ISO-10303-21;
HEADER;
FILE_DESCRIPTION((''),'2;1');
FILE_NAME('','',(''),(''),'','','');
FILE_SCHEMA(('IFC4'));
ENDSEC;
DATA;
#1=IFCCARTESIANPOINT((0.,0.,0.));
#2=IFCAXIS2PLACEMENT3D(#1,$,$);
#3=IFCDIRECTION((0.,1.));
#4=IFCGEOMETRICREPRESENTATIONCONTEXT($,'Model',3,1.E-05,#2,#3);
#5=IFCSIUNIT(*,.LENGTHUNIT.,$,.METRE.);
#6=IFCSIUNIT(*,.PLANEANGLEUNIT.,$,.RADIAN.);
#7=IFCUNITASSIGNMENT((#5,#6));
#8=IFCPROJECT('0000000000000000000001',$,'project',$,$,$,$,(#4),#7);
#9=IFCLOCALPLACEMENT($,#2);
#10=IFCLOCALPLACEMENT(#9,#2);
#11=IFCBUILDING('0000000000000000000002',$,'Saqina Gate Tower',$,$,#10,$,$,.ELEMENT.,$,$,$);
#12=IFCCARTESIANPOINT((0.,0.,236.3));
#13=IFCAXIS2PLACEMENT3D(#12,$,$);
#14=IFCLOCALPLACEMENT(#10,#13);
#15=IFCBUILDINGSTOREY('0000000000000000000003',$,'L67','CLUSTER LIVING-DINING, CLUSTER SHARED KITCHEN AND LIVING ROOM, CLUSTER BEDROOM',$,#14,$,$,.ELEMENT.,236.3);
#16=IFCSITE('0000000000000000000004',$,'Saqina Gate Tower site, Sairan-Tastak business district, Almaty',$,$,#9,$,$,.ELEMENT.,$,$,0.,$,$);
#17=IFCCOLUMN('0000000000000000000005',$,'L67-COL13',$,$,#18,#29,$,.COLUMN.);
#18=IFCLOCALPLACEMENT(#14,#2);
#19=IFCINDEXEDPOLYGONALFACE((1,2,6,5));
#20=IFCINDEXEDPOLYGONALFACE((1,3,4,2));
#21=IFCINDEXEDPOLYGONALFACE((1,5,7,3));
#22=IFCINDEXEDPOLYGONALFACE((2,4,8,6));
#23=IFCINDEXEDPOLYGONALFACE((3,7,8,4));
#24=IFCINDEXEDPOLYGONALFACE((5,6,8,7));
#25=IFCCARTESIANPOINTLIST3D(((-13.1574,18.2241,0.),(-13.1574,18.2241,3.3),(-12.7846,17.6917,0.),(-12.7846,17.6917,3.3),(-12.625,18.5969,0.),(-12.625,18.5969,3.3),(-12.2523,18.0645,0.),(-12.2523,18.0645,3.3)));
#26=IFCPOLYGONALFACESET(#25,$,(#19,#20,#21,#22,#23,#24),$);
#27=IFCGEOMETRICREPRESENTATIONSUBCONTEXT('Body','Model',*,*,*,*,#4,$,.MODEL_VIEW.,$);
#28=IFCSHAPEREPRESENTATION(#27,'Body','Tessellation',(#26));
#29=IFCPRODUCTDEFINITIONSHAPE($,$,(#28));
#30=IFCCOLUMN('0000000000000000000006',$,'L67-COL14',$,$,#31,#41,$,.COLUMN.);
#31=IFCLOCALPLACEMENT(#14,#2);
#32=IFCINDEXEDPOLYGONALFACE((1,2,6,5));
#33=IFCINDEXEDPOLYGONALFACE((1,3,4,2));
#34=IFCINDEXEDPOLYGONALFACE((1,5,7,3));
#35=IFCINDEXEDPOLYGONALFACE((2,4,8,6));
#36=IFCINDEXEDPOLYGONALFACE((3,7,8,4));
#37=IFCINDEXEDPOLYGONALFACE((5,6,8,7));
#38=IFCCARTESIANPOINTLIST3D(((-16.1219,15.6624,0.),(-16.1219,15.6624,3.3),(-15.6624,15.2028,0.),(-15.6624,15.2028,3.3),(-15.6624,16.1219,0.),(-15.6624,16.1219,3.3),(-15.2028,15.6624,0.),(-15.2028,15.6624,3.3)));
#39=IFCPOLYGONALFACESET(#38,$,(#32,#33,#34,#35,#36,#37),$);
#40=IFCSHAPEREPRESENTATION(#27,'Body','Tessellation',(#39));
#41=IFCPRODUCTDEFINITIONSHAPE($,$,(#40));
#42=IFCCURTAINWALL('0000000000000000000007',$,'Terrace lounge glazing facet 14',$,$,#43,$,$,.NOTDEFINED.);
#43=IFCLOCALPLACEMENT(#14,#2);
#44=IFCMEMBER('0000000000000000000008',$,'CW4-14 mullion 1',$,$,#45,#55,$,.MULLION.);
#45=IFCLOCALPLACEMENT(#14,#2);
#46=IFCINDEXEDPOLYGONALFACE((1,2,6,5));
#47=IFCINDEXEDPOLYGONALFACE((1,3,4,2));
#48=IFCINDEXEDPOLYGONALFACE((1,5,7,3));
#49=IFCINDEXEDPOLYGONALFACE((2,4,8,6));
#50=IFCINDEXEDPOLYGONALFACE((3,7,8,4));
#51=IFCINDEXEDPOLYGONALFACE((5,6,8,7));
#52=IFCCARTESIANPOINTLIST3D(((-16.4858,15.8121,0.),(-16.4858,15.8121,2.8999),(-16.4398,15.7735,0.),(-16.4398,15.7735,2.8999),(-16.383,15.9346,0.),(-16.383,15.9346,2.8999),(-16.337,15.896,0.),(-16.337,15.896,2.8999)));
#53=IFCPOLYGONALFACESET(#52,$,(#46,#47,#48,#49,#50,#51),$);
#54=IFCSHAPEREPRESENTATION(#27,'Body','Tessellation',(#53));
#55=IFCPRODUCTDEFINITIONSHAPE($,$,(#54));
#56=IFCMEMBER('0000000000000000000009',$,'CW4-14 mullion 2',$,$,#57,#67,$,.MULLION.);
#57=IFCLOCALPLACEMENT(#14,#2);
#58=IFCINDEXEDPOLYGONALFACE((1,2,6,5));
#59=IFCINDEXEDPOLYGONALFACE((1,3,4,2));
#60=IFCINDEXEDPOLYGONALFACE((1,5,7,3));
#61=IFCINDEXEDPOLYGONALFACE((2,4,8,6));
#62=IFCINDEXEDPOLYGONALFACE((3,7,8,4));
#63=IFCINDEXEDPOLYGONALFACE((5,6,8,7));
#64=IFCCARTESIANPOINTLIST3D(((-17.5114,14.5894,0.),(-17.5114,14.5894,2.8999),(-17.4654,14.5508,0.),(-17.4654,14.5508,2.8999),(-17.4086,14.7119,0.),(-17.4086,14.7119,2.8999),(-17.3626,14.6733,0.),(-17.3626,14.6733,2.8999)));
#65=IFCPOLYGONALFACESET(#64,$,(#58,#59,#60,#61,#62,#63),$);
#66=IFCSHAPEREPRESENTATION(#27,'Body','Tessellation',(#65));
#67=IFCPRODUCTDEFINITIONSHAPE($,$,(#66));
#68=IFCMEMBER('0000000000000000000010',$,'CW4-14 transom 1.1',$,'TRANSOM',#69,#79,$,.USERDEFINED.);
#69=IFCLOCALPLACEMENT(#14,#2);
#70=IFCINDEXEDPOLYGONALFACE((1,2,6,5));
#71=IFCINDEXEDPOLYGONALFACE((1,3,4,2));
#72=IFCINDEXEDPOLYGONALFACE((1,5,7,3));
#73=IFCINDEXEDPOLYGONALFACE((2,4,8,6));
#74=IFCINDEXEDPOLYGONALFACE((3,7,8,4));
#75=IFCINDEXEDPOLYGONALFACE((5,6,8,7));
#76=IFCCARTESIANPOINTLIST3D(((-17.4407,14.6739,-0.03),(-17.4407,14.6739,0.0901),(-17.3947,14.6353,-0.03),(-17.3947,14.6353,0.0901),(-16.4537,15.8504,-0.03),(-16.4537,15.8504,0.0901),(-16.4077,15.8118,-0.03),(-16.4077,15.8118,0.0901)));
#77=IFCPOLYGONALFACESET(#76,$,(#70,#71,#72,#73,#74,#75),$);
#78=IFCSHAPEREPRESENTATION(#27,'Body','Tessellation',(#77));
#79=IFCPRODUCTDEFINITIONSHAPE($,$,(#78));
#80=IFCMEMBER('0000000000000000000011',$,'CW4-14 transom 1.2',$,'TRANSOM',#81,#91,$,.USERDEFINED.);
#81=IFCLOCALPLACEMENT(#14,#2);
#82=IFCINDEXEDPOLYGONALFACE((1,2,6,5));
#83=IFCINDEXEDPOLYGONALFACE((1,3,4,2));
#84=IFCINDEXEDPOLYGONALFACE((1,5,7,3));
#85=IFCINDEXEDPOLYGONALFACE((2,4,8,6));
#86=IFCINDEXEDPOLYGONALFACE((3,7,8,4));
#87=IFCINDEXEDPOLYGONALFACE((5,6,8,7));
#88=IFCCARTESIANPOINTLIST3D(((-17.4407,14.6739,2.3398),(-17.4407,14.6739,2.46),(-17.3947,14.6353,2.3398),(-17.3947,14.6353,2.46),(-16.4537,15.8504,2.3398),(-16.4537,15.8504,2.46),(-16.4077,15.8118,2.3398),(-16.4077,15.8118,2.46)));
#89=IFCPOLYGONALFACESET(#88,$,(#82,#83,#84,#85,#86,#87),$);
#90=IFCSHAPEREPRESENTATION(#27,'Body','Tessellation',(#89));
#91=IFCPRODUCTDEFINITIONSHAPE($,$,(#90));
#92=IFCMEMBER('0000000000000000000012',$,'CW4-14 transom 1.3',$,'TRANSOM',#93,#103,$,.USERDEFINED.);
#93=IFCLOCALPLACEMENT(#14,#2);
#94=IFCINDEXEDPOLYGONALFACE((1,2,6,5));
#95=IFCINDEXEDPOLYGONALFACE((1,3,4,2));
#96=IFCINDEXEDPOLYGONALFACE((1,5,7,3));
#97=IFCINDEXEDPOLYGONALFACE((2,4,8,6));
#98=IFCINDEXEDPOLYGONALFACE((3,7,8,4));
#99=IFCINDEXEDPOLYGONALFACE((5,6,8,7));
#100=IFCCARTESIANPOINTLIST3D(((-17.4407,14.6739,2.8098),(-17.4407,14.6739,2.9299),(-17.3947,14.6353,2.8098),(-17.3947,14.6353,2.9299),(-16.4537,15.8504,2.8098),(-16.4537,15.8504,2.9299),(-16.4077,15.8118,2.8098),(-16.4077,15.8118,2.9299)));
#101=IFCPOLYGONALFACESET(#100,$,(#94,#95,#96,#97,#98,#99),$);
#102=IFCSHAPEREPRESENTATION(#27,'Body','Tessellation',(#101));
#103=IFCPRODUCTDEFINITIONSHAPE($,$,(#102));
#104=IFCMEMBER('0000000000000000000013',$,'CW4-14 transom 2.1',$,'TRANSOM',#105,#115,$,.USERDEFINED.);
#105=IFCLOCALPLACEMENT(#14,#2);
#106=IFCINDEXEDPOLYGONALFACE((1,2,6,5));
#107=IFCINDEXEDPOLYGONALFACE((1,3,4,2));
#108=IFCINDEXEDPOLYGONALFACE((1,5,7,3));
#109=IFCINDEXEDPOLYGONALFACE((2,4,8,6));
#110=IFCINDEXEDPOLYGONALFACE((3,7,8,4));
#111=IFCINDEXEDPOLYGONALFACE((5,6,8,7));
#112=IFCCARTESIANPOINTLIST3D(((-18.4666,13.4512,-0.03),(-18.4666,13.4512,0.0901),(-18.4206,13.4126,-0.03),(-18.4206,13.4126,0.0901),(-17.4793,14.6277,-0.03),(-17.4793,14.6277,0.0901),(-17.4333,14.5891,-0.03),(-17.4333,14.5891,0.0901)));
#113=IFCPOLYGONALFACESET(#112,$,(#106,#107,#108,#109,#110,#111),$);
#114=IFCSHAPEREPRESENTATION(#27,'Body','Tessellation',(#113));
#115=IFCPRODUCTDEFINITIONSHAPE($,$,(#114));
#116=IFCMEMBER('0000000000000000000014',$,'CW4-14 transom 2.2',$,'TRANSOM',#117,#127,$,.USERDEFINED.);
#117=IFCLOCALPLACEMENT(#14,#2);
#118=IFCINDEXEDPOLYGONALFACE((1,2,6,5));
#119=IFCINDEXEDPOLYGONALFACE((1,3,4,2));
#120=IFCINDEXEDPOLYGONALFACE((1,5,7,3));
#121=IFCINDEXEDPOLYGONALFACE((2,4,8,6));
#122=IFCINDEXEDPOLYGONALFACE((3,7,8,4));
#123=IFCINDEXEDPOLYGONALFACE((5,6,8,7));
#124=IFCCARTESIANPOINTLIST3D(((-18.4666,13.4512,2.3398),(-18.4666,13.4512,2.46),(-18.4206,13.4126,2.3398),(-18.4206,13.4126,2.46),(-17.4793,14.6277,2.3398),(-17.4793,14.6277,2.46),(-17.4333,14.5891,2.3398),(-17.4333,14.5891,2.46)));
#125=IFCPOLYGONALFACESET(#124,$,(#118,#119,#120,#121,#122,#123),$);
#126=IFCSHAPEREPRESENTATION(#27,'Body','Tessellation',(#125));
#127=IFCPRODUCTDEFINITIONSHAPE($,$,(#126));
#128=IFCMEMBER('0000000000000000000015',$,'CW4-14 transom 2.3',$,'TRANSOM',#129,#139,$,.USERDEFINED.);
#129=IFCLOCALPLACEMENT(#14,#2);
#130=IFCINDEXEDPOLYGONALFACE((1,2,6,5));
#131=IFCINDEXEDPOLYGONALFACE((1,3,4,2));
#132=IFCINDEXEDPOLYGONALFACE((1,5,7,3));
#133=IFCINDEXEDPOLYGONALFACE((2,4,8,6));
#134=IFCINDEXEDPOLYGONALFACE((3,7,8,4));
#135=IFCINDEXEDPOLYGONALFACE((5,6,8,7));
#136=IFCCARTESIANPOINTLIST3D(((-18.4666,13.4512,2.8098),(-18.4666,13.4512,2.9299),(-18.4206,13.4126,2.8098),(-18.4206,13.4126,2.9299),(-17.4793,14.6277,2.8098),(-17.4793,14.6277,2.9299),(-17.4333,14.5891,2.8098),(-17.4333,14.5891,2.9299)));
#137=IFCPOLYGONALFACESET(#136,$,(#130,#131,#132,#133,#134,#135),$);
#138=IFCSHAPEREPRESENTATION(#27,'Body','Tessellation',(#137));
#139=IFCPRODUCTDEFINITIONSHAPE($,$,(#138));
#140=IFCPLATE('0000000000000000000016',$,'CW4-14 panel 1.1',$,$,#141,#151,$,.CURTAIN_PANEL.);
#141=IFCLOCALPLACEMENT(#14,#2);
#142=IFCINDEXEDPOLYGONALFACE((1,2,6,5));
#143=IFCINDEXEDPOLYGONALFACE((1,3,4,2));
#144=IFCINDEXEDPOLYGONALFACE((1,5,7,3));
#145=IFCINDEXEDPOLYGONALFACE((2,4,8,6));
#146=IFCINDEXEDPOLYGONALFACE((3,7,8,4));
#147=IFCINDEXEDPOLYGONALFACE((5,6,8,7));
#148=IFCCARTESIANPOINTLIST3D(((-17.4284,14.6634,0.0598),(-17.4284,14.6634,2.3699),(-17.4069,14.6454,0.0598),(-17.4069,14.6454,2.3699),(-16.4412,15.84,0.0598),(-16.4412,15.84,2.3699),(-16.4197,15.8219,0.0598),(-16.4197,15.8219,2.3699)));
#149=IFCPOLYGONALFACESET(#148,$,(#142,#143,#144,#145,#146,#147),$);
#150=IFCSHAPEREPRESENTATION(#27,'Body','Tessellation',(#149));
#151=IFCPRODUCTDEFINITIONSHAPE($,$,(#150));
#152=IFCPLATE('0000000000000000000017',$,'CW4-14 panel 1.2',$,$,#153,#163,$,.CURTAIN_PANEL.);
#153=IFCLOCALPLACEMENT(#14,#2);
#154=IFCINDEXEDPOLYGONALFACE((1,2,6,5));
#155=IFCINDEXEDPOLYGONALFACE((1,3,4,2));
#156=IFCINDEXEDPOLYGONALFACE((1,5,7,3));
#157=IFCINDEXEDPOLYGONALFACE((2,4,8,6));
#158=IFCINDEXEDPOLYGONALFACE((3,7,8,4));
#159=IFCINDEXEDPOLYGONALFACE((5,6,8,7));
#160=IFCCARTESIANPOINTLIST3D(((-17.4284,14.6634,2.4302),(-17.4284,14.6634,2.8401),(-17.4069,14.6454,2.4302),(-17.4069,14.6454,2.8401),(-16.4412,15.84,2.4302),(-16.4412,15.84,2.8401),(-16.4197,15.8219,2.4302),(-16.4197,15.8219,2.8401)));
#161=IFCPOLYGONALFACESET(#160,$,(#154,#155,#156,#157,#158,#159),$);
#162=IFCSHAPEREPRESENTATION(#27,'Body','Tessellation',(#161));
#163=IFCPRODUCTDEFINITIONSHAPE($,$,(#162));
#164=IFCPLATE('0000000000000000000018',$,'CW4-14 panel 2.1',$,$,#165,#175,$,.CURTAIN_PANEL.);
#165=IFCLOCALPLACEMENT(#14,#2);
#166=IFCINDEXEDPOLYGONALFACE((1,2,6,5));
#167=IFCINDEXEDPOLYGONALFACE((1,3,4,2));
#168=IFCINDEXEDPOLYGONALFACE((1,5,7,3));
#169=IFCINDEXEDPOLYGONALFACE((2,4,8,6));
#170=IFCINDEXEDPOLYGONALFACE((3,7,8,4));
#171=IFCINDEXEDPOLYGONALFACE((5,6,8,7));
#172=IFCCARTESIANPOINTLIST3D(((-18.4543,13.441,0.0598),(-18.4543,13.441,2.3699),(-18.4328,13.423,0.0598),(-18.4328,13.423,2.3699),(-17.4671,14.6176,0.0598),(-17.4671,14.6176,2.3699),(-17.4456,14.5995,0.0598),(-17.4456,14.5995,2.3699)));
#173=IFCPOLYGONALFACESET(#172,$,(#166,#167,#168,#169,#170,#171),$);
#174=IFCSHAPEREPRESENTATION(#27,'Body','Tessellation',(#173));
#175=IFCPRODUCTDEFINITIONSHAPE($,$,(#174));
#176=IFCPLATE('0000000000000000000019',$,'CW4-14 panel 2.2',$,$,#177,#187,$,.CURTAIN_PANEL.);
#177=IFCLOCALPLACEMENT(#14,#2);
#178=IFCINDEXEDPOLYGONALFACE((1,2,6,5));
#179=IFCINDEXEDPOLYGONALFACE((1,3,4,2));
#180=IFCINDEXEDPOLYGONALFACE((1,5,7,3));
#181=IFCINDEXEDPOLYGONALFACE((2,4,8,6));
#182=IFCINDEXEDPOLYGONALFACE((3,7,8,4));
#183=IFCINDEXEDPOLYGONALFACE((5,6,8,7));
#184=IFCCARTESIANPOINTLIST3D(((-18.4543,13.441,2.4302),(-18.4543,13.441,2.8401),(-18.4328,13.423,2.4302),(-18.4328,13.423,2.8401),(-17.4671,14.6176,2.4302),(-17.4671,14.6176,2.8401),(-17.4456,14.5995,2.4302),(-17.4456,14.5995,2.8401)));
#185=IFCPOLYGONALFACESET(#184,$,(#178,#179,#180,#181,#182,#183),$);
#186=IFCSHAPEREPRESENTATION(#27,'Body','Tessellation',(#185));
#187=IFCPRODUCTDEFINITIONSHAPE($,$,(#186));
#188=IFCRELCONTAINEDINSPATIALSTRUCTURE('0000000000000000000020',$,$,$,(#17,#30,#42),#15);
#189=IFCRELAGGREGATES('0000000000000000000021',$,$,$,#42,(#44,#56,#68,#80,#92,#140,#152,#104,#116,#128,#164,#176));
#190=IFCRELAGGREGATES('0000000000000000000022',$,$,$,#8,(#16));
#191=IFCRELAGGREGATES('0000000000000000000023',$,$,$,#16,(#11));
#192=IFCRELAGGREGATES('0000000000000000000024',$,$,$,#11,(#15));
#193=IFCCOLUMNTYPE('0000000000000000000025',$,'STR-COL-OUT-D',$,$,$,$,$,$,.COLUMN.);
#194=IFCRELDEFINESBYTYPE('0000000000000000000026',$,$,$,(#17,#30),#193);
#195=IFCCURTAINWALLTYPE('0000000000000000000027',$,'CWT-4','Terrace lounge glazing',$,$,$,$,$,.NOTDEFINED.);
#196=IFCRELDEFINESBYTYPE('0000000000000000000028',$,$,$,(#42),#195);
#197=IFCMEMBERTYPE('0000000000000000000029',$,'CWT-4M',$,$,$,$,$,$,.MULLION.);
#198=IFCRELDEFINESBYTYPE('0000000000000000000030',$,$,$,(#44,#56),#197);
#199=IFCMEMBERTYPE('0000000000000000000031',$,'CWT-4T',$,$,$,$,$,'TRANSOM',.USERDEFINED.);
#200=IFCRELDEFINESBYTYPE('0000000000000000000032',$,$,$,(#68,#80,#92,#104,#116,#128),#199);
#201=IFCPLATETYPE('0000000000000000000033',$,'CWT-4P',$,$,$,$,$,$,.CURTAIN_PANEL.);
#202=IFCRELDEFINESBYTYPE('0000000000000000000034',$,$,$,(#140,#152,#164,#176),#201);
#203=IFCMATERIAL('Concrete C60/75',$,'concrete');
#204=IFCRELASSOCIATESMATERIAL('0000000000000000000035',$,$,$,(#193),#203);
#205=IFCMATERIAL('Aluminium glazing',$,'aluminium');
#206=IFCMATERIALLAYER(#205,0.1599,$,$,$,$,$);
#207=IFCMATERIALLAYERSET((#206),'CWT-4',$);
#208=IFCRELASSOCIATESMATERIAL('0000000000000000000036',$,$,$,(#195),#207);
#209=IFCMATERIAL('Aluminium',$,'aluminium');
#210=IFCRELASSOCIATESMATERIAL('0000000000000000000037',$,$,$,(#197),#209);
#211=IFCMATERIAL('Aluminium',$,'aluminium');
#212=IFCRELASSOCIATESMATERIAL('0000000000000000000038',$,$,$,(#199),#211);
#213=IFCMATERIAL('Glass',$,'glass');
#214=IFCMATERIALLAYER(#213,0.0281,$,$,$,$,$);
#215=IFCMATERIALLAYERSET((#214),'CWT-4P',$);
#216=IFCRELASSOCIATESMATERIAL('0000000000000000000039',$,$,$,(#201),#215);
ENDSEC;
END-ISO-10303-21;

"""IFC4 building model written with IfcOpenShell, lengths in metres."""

from ifc_helpers import new_model, si_unit, direction, frame, origin, origin_2d, place, context, subcontext, project, spatial, rectangle, extrude, material, layer, layer_set, material_profile, profile_set, type_object, element, aggregate, save


model = new_model("IFC4")

# Units and contexts
model_context = context("Model", 3, precision=1e-05, world=origin(), true_north=direction((0.0, 1.0)))
body_context = subcontext(model_context, "Body", "Model", "MODEL_VIEW")
ifc_project = project(units=[si_unit("LENGTHUNIT", "METRE"), si_unit("PLANEANGLEUNIT", "RADIAN")], contexts=[model_context])

# Site, building, storey
site_placement = place(None, origin())
site = spatial("IfcSite", under=ifc_project, at=site_placement, Name="Saqina Gate Tower site, Sairan-Tastak business district, Almaty", CompositionType="ELEMENT", RefElevation=0.0)
building_placement = place(site_placement, origin())
building = spatial("IfcBuilding", under=site, at=building_placement, Name="Saqina Gate Tower", CompositionType="ELEMENT")
storey_placement = place(building_placement, frame((0.0, 0.0, 236.3)))
storey = spatial("IfcBuildingStorey", under=building, at=storey_placement, Name="L67", Description="CLUSTER LIVING-DINING, CLUSTER SHARED KITCHEN AND LIVING ROOM, CLUSTER BEDROOM", CompositionType="ELEMENT", Elevation=236.3)

# Columns
ifc_material_1 = material(Name="Concrete C60/75", Category="concrete")
ifc_material_profile_1 = material_profile(ifc_material_1, rectangle(XDim=0.6499, YDim=0.6499, at=origin_2d()), Name="RC 650x650")
ifc_profile_set_1 = profile_set([ifc_material_profile_1], Name="Concrete C60/75")
column_type = type_object("IfcColumnType", Name="STR-COL-OUT-D", PredefinedType="COLUMN", material=ifc_profile_set_1)
for number, where, z_axis, x_axis, name in (
    (1, (-12.7048, 18.1443, 0.0), (0.0, 0.0, 1.0), (-0.573576, 0.819152, 0.0), "L67-COL13"),
    (2, (-15.6624, 15.6624, 0.0), (0.0, 0.0, 1.0), (-0.707107, 0.707107, 0.0), "L67-COL14"),
):
    element("IfcColumn", number, at=place(storey_placement, frame(where, z_axis=z_axis, x_axis=x_axis)), inside=storey, type_object=column_type, Name=name, PredefinedType="COLUMN", context=body_context, shape_type="SweptSolid", body=[
        extrude(rectangle(XDim=0.6499, YDim=0.6499, at=origin_2d()), origin(), (0.0, 0.0, 1.0), 3.3),
    ])

# Curtain wall, members, plates
ifc_material_2 = material(Name="Aluminium glazing", Category="aluminium")
ifc_layer_1 = layer(ifc_material_2, 0.1599)
ifc_layer_set_1 = layer_set([ifc_layer_1], Name="CWT-4")
curtain_wall_type = type_object("IfcCurtainWallType", Name="CWT-4", Description="Terrace lounge glazing", PredefinedType="NOTDEFINED", material=ifc_layer_set_1)
curtain_wall_placement = place(storey_placement, origin())
curtain_wall = element("IfcCurtainWall", 3, at=curtain_wall_placement, inside=storey, type_object=curtain_wall_type, Name="Terrace lounge glazing facet 14", PredefinedType="NOTDEFINED")
ifc_material_3 = material(Name="Aluminium", Category="aluminium")
ifc_material_profile_2 = material_profile(ifc_material_3, rectangle(XDim=0.0601, YDim=0.1599, at=origin_2d()), Name="Aluminium 60x160")
ifc_profile_set_2 = profile_set([ifc_material_profile_2], Name="Aluminium")
member_type_1 = type_object("IfcMemberType", Name="CWT-4M", PredefinedType="MULLION", material=ifc_profile_set_2)
member_1_placement = place(storey_placement, frame((-16.4114, 15.854, 0.0), z_axis=(0.0, 0.0, 1.0), x_axis=(0.766046, -0.642785, 0.0)))
member_1 = element("IfcMember", 4, at=member_1_placement, type_object=member_type_1, Name="CW4-14 mullion 1", PredefinedType="MULLION", context=body_context, shape_type="SweptSolid", body=[
    extrude(rectangle(XDim=0.0601, YDim=0.1599, at=origin_2d()), origin(), (0.0, 0.0, 1.0), 2.8999),
])
member_2_placement = place(storey_placement, frame((-17.437, 14.6313, 0.0), z_axis=(0.0, 0.0, 1.0), x_axis=(0.766046, -0.642785, 0.0)))
member_2 = element("IfcMember", 5, at=member_2_placement, type_object=member_type_1, Name="CW4-14 mullion 2", PredefinedType="MULLION", context=body_context, shape_type="SweptSolid", body=[
    extrude(rectangle(XDim=0.0601, YDim=0.1599, at=origin_2d()), origin(), (0.0, 0.0, 1.0), 2.8999),
])
ifc_material_4 = material(Name="Aluminium", Category="aluminium")
ifc_material_profile_3 = material_profile(ifc_material_4, rectangle(XDim=0.0601, YDim=0.1201, at=origin_2d()), Name="Aluminium 60x120")
ifc_profile_set_3 = profile_set([ifc_material_profile_3], Name="Aluminium")
member_type_2 = type_object("IfcMemberType", Name="CWT-4T", ElementType="TRANSOM", PredefinedType="USERDEFINED", material=ifc_profile_set_3)
member_3_placement = place(storey_placement, frame((-16.4307, 15.8311, 0.03), z_axis=(-0.64273, -0.766093, 0.0), x_axis=(0.766093, -0.64273, 0.0)))
member_3 = element("IfcMember", 6, at=member_3_placement, type_object=member_type_2, Name="CW4-14 transom 1.1", ObjectType="TRANSOM", PredefinedType="USERDEFINED", context=body_context, shape_type="SweptSolid", body=[
    extrude(rectangle(XDim=0.0601, YDim=0.1201, at=origin_2d()), origin(), (0.0, 0.0, 1.0), 1.5356),
])
member_4_placement = place(storey_placement, frame((-16.4307, 15.8311, 2.3999), z_axis=(-0.64273, -0.766093, 0.0), x_axis=(0.766093, -0.64273, 0.0)))
member_4 = element("IfcMember", 7, at=member_4_placement, type_object=member_type_2, Name="CW4-14 transom 1.2", ObjectType="TRANSOM", PredefinedType="USERDEFINED", context=body_context, shape_type="SweptSolid", body=[
    extrude(rectangle(XDim=0.0601, YDim=0.1201, at=origin_2d()), origin(), (0.0, 0.0, 1.0), 1.5356),
])
member_5_placement = place(storey_placement, frame((-16.4307, 15.8311, 2.8699), z_axis=(-0.64273, -0.766093, 0.0), x_axis=(0.766093, -0.64273, 0.0)))
member_5 = element("IfcMember", 8, at=member_5_placement, type_object=member_type_2, Name="CW4-14 transom 1.3", ObjectType="TRANSOM", PredefinedType="USERDEFINED", context=body_context, shape_type="SweptSolid", body=[
    extrude(rectangle(XDim=0.0601, YDim=0.1201, at=origin_2d()), origin(), (0.0, 0.0, 1.0), 1.5356),
])
member_6_placement = place(storey_placement, frame((-17.4563, 14.6084, 0.03), z_axis=(-0.642823, -0.766015, 0.0), x_axis=(0.766015, -0.642823, 0.0)))
member_6 = element("IfcMember", 9, at=member_6_placement, type_object=member_type_2, Name="CW4-14 transom 2.1", ObjectType="TRANSOM", PredefinedType="USERDEFINED", context=body_context, shape_type="SweptSolid", body=[
    extrude(rectangle(XDim=0.0601, YDim=0.1201, at=origin_2d()), origin(), (0.0, 0.0, 1.0), 1.5359),
])
member_7_placement = place(storey_placement, frame((-17.4563, 14.6084, 2.3999), z_axis=(-0.642823, -0.766015, 0.0), x_axis=(0.766015, -0.642823, 0.0)))
member_7 = element("IfcMember", 10, at=member_7_placement, type_object=member_type_2, Name="CW4-14 transom 2.2", ObjectType="TRANSOM", PredefinedType="USERDEFINED", context=body_context, shape_type="SweptSolid", body=[
    extrude(rectangle(XDim=0.0601, YDim=0.1201, at=origin_2d()), origin(), (0.0, 0.0, 1.0), 1.5359),
])
member_8_placement = place(storey_placement, frame((-17.4563, 14.6084, 2.8699), z_axis=(-0.642823, -0.766015, 0.0), x_axis=(0.766015, -0.642823, 0.0)))
member_8 = element("IfcMember", 11, at=member_8_placement, type_object=member_type_2, Name="CW4-14 transom 2.3", ObjectType="TRANSOM", PredefinedType="USERDEFINED", context=body_context, shape_type="SweptSolid", body=[
    extrude(rectangle(XDim=0.0601, YDim=0.1201, at=origin_2d()), origin(), (0.0, 0.0, 1.0), 1.5359),
])
ifc_material_5 = material(Name="Glass", Category="glass")
ifc_layer_2 = layer(ifc_material_5, 0.0281)
ifc_layer_set_2 = layer_set([ifc_layer_2], Name="CWT-4P")
plate_type = type_object("IfcPlateType", Name="CWT-4P", PredefinedType="CURTAIN_PANEL", material=ifc_layer_set_2)
plate_1_placement = place(storey_placement, frame((-16.9241, 15.2427, 0.0598), z_axis=(0.0, 0.0, 1.0), x_axis=(-0.642785, -0.766046, 0.0)))
plate_1 = element("IfcPlate", 12, at=plate_1_placement, type_object=plate_type, Name="CW4-14 panel 1.1", PredefinedType="CURTAIN_PANEL", context=body_context, shape_type="SweptSolid", body=[
    extrude(rectangle(XDim=1.5359, YDim=0.0281, at=origin_2d()), origin(), (0.0, 0.0, 1.0), 2.3101),
])
plate_2_placement = place(storey_placement, frame((-16.9241, 15.2427, 2.4302), z_axis=(0.0, 0.0, 1.0), x_axis=(-0.642785, -0.766046, 0.0)))
plate_2 = element("IfcPlate", 13, at=plate_2_placement, type_object=plate_type, Name="CW4-14 panel 1.2", PredefinedType="CURTAIN_PANEL", context=body_context, shape_type="SweptSolid", body=[
    extrude(rectangle(XDim=1.5359, YDim=0.0281, at=origin_2d()), origin(), (0.0, 0.0, 1.0), 0.4099),
])
plate_3_placement = place(storey_placement, frame((-17.95, 14.0203, 0.0598), z_axis=(0.0, 0.0, 1.0), x_axis=(-0.642785, -0.766046, 0.0)))
plate_3 = element("IfcPlate", 14, at=plate_3_placement, type_object=plate_type, Name="CW4-14 panel 2.1", PredefinedType="CURTAIN_PANEL", context=body_context, shape_type="SweptSolid", body=[
    extrude(rectangle(XDim=1.5359, YDim=0.0281, at=origin_2d()), origin(), (0.0, 0.0, 1.0), 2.3101),
])
plate_4_placement = place(storey_placement, frame((-17.95, 14.0203, 2.4302), z_axis=(0.0, 0.0, 1.0), x_axis=(-0.642785, -0.766046, 0.0)))
plate_4 = element("IfcPlate", 15, at=plate_4_placement, type_object=plate_type, Name="CW4-14 panel 2.2", PredefinedType="CURTAIN_PANEL", context=body_context, shape_type="SweptSolid", body=[
    extrude(rectangle(XDim=1.5359, YDim=0.0281, at=origin_2d()), origin(), (0.0, 0.0, 1.0), 0.4099),
])
aggregate(curtain_wall, [member_1, member_2, member_3, member_4, member_5, plate_1, plate_2, member_6, member_7, member_8, plate_3, plate_4])

save(model, "model.ifc")
